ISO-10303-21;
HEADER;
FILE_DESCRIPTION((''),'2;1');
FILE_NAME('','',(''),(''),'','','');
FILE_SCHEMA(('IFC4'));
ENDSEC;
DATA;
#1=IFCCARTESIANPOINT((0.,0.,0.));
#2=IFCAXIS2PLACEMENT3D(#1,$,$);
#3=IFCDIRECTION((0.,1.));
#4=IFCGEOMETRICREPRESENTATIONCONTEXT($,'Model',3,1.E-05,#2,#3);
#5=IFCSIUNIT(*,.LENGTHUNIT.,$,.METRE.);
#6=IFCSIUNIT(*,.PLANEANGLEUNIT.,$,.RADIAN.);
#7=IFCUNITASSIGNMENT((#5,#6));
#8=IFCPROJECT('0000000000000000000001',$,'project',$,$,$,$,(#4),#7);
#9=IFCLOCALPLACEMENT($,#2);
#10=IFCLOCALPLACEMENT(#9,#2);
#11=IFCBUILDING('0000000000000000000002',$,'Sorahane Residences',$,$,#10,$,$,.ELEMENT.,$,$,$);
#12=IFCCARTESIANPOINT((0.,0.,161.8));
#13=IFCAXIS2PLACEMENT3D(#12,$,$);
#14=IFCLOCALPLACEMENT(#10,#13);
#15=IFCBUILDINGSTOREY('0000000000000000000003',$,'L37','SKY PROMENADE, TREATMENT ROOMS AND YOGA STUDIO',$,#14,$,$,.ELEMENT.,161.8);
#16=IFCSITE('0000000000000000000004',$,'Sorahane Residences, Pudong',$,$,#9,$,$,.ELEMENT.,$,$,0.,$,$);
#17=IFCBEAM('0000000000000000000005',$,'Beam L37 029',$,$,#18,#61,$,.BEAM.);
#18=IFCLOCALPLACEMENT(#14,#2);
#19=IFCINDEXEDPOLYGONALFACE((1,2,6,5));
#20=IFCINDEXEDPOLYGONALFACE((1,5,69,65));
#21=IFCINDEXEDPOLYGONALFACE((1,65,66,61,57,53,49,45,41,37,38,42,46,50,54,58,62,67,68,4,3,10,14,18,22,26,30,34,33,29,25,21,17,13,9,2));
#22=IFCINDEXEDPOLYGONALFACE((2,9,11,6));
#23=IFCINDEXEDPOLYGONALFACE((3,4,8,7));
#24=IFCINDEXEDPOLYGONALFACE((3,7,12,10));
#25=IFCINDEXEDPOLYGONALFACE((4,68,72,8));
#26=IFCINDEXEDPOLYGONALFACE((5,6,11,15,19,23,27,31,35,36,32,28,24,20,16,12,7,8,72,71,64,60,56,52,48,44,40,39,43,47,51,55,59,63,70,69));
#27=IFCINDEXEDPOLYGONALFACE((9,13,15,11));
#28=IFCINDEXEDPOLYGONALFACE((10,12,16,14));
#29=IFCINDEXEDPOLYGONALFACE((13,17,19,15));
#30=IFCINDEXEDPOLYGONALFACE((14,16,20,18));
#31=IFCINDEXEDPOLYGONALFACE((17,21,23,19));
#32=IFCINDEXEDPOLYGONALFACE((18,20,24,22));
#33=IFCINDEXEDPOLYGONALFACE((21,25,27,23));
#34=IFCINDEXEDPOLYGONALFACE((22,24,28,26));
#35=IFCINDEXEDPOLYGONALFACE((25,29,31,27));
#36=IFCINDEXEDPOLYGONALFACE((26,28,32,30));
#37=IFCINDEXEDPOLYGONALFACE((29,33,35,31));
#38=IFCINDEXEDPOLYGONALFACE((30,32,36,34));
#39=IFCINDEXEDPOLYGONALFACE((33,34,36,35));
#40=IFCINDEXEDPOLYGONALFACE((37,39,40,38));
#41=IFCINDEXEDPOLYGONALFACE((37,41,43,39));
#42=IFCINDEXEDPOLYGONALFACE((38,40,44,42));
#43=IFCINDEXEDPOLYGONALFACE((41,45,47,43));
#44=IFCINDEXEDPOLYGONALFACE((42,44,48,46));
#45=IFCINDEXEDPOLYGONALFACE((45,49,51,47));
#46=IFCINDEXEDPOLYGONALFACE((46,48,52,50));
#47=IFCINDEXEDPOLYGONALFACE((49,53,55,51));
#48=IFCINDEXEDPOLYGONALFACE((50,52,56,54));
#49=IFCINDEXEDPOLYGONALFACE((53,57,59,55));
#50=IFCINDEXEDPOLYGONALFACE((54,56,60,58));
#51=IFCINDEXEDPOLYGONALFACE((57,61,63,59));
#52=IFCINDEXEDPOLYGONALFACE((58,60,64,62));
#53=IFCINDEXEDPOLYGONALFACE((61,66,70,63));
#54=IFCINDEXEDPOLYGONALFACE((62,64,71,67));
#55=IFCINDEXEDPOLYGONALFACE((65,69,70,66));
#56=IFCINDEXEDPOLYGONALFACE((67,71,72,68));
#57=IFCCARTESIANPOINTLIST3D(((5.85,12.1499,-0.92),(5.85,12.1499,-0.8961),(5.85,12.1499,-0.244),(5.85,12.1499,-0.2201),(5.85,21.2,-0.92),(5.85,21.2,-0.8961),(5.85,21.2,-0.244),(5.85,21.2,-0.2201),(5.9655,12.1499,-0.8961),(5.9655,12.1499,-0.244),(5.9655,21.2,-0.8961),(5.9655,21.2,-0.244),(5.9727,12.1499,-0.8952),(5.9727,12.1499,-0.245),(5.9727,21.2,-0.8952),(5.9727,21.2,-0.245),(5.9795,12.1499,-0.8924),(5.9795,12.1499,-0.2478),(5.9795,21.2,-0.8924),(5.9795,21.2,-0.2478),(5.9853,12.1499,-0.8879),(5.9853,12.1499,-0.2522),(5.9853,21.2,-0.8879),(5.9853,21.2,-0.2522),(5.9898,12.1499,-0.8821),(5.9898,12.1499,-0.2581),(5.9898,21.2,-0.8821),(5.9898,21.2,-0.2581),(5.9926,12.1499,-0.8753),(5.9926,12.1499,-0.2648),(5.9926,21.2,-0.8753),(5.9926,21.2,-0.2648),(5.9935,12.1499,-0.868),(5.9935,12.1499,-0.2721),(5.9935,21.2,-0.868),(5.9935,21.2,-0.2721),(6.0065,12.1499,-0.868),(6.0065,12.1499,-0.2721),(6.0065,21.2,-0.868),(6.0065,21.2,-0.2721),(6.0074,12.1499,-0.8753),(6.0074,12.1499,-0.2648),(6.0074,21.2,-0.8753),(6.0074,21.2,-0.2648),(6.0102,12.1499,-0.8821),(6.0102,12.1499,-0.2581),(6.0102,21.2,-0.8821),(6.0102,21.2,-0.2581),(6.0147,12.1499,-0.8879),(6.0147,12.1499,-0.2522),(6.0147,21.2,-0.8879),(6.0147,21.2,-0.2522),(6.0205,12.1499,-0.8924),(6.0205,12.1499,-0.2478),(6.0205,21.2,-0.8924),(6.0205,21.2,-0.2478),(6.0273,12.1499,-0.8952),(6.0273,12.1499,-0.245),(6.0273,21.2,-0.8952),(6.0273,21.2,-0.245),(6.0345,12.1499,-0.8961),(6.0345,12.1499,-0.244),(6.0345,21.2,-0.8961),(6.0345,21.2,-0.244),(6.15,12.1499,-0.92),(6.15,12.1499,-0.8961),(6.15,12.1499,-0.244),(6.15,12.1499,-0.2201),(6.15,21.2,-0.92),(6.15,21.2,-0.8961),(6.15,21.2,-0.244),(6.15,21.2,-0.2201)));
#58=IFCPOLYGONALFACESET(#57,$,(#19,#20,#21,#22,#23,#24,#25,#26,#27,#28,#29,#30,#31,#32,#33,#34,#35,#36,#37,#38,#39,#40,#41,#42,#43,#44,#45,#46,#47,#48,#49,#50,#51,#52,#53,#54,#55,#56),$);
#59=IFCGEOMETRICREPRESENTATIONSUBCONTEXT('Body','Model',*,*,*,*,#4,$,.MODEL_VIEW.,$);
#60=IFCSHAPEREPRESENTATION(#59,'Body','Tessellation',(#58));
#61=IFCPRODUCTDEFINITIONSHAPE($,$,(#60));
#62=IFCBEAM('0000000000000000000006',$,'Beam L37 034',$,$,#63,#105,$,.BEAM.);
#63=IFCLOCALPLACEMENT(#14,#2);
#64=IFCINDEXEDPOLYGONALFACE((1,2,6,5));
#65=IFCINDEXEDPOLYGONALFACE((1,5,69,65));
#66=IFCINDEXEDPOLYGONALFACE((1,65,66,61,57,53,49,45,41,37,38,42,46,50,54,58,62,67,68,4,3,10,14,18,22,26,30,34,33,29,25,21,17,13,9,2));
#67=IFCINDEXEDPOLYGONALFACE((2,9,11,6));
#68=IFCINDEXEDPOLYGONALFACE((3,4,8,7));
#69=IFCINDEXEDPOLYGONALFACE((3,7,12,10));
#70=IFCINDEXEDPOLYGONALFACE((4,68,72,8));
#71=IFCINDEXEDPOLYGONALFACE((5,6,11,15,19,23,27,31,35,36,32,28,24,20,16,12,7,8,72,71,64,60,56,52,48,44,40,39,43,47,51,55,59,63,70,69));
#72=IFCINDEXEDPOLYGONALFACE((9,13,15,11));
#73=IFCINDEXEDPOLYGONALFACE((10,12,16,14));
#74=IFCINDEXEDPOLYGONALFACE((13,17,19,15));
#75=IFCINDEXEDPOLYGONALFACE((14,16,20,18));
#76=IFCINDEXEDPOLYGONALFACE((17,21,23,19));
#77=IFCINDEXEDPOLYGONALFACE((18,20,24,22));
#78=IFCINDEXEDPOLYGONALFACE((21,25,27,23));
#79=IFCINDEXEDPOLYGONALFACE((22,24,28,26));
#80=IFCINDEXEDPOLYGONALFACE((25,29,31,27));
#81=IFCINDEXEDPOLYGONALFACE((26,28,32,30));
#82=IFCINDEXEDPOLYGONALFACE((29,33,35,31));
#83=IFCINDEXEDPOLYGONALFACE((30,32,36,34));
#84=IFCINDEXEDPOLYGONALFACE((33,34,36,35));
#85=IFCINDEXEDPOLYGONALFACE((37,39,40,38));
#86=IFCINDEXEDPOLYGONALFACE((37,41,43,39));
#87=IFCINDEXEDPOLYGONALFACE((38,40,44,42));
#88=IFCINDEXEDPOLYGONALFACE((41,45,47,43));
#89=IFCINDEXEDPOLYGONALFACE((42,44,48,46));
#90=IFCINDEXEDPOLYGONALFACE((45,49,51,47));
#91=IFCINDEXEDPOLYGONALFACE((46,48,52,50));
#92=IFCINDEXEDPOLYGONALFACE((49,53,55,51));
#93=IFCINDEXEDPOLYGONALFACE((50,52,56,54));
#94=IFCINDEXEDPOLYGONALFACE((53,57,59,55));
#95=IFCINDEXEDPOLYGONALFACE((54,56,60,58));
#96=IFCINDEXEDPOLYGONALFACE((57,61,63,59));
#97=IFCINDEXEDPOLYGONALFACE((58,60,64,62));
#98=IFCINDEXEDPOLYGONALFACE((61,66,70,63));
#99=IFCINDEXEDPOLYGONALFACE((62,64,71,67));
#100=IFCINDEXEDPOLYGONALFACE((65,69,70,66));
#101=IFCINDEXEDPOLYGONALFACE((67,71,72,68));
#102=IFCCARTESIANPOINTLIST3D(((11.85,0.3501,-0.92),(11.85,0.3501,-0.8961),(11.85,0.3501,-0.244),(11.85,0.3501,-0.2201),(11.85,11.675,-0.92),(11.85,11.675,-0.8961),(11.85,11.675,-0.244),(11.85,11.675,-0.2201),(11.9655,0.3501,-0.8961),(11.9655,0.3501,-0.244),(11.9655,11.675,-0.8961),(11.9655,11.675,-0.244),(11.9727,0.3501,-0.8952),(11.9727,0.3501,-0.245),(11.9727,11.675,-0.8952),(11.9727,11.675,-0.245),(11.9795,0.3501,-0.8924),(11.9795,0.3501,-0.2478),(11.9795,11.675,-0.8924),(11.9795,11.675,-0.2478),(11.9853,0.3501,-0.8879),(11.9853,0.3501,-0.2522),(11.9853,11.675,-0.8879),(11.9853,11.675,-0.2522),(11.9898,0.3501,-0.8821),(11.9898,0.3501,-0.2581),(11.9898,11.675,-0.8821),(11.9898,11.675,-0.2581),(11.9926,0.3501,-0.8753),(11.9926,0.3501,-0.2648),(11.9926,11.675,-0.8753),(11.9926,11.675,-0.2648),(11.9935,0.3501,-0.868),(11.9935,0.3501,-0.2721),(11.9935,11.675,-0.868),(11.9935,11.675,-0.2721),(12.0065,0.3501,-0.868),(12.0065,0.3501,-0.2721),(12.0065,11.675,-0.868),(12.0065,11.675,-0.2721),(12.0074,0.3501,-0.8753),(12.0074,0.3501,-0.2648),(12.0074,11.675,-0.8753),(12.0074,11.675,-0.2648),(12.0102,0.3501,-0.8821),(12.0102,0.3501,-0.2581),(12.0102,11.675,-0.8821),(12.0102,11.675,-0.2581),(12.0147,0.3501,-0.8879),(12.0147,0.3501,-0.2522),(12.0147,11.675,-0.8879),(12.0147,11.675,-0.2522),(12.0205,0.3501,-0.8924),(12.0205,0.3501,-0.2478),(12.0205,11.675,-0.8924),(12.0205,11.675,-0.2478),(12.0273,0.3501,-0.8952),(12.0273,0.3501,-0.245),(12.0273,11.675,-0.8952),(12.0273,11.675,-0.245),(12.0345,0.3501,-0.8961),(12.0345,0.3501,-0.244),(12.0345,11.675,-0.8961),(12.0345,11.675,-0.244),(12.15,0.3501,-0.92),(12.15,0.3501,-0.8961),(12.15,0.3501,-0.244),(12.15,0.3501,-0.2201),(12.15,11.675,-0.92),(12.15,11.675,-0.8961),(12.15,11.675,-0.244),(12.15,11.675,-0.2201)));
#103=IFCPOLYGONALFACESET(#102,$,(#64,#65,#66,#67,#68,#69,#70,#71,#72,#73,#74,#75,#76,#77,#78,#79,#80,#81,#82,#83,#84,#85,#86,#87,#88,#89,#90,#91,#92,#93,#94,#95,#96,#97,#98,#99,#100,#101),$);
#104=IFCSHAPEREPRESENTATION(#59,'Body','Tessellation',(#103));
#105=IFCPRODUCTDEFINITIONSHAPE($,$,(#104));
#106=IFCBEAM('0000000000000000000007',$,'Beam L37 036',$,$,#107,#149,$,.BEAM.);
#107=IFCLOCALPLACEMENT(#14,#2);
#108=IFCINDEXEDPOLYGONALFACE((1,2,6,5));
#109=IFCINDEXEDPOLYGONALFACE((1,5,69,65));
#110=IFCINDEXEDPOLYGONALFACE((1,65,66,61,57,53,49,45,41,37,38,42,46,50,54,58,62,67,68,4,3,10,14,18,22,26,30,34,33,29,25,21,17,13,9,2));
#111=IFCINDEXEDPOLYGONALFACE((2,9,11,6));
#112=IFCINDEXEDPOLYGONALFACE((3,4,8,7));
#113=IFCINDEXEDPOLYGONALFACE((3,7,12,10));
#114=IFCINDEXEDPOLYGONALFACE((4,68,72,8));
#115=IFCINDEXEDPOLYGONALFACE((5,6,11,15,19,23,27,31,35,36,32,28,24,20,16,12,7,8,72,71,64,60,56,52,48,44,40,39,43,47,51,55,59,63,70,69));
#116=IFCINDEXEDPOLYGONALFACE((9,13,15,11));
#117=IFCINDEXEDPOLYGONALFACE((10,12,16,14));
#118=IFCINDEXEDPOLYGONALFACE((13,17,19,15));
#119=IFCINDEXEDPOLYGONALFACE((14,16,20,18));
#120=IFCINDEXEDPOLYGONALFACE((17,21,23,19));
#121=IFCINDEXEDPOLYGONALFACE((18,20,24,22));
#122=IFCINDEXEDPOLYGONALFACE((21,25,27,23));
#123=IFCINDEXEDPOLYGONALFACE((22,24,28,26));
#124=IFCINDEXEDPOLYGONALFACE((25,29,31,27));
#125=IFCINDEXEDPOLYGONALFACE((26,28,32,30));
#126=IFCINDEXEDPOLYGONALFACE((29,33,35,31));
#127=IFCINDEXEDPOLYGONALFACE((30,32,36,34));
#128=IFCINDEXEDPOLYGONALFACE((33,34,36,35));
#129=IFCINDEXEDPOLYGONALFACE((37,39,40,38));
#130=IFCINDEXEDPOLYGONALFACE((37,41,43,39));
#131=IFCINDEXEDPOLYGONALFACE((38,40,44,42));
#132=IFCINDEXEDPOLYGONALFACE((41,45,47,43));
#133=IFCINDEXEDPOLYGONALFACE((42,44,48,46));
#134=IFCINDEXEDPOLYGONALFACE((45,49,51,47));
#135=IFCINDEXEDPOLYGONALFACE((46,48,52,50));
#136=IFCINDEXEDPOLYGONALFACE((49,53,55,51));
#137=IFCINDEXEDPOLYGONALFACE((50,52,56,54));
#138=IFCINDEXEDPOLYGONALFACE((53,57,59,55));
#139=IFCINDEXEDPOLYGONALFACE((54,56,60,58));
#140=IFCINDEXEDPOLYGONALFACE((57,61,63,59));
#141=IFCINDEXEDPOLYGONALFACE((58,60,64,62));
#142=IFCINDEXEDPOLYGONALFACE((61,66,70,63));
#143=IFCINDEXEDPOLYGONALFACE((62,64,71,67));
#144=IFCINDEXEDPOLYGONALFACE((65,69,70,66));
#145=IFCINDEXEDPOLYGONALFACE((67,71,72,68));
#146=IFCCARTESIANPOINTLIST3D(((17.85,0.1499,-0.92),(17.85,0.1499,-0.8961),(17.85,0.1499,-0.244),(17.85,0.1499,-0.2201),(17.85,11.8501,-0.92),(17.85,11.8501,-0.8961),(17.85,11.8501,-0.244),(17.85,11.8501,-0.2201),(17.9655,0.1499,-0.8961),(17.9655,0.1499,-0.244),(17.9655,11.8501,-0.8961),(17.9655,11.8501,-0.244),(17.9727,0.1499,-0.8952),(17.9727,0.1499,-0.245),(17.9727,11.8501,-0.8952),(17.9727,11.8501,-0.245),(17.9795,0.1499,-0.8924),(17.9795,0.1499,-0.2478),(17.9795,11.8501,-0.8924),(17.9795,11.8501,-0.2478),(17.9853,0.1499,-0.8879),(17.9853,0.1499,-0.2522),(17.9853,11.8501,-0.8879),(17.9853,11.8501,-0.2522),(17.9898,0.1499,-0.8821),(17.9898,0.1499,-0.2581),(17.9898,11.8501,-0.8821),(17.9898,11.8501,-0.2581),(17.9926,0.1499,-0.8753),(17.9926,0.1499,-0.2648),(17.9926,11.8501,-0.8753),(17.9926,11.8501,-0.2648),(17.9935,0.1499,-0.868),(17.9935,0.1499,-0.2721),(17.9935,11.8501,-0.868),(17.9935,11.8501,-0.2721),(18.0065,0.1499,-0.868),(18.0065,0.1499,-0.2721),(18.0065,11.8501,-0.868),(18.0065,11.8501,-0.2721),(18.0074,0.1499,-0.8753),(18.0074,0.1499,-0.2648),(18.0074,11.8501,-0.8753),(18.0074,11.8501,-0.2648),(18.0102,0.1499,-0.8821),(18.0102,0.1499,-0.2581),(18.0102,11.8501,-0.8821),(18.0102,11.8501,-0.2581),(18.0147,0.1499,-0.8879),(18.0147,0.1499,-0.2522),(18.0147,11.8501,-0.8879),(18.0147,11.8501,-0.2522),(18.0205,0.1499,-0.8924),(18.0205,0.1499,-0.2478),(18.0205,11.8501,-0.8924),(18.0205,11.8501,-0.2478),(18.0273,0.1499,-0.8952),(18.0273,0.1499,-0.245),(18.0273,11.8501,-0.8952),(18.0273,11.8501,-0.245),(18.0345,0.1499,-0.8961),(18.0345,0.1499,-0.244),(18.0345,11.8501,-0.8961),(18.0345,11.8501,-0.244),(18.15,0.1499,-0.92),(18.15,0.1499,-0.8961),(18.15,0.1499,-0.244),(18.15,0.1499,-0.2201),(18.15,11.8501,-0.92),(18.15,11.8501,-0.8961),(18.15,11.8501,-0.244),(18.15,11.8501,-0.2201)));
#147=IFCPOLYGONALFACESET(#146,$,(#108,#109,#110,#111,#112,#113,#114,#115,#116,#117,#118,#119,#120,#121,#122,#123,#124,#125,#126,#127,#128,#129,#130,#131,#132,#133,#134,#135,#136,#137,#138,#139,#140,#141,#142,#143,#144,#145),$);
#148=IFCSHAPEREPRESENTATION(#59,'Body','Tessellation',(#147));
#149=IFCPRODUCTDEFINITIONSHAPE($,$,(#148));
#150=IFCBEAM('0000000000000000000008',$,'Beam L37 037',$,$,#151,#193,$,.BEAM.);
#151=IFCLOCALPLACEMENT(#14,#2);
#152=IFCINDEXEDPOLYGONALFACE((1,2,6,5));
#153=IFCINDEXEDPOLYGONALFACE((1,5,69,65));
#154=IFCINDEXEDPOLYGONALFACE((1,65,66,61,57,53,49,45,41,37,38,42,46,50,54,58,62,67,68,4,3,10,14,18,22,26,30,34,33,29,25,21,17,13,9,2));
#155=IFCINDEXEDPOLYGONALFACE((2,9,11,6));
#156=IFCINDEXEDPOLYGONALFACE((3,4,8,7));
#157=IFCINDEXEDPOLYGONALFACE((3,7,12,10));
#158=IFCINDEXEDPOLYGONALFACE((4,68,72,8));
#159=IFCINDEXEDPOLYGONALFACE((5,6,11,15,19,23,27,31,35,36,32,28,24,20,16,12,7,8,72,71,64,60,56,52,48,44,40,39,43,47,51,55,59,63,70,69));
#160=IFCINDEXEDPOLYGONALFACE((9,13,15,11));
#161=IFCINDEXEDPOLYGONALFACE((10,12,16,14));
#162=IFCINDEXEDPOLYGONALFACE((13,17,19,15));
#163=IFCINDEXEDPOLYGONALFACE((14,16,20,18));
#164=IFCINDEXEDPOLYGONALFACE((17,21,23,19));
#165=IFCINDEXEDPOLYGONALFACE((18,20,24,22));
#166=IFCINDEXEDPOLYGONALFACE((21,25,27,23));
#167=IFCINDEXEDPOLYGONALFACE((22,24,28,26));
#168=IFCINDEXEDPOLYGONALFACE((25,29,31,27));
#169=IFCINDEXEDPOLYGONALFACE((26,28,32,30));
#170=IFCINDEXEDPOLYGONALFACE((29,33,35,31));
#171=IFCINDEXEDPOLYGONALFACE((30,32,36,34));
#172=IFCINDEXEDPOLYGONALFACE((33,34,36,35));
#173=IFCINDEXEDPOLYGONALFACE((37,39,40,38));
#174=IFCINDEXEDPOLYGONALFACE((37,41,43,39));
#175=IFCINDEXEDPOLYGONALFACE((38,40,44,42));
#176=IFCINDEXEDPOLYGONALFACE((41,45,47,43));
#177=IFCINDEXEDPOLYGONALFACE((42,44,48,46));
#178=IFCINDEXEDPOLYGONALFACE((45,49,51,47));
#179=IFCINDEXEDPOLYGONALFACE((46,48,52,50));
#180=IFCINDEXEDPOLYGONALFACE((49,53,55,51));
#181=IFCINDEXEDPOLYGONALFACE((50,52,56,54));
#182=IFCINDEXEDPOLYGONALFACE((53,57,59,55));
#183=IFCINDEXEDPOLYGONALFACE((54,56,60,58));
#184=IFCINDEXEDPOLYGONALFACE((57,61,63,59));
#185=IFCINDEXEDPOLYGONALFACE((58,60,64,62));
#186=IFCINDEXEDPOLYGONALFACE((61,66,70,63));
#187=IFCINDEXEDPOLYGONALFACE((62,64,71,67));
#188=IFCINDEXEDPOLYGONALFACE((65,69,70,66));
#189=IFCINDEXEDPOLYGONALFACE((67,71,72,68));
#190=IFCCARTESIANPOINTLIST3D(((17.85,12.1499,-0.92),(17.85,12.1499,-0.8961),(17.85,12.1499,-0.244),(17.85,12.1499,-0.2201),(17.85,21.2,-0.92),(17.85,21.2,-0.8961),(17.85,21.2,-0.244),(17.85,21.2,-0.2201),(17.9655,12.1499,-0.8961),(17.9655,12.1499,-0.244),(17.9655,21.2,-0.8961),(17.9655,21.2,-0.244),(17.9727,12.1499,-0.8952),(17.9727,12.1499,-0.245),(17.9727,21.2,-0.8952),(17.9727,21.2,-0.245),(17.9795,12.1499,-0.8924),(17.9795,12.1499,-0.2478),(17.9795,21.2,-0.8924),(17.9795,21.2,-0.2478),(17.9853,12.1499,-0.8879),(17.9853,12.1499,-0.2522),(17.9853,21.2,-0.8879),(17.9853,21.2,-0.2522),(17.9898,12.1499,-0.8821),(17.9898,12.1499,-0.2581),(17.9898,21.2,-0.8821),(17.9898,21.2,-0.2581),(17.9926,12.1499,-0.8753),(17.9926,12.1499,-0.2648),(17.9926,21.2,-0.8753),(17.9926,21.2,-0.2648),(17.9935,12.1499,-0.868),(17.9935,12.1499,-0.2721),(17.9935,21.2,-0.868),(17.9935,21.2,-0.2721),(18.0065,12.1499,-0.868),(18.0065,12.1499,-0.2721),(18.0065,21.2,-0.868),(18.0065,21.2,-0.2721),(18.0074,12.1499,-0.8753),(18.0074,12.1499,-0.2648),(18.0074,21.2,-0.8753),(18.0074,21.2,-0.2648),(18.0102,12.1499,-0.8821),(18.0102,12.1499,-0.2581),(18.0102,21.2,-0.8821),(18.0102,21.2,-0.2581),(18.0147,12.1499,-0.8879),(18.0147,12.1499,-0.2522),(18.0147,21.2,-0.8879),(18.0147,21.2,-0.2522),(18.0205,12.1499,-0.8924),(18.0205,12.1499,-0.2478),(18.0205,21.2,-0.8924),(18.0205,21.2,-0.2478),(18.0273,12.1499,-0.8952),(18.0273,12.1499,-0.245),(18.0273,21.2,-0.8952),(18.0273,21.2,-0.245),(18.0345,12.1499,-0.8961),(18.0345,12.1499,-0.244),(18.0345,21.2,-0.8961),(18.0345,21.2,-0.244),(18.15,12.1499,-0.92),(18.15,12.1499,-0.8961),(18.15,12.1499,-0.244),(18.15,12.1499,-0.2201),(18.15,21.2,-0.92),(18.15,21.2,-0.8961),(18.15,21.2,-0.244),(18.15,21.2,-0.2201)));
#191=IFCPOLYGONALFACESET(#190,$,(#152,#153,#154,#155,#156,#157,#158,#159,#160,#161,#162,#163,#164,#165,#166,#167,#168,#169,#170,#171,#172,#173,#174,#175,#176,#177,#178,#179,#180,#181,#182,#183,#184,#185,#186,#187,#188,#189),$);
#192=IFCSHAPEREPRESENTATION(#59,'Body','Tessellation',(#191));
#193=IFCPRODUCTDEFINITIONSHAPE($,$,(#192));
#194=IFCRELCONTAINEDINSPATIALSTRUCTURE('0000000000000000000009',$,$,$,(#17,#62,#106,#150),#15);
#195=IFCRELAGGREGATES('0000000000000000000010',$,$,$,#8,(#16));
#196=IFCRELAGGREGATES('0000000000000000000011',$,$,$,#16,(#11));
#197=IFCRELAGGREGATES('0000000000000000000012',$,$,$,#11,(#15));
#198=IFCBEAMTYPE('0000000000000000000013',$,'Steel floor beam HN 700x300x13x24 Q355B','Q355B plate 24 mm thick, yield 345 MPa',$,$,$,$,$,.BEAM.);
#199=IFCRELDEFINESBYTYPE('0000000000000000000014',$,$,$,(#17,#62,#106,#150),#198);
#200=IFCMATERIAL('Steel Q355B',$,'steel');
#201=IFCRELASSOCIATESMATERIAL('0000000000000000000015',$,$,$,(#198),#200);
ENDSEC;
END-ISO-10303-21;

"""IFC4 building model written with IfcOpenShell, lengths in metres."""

from ifc_helpers import new_model, si_unit, direction, frame, origin, origin_2d, place, context, subcontext, project, spatial, i_section, extrude, material, material_profile, profile_set, type_object, element, save


model = new_model("IFC4")

# Units and contexts
model_context = context("Model", 3, precision=1e-05, world=origin(), true_north=direction((0.0, 1.0)))
body_context = subcontext(model_context, "Body", "Model", "MODEL_VIEW")
ifc_project = project(units=[si_unit("LENGTHUNIT", "METRE"), si_unit("PLANEANGLEUNIT", "RADIAN")], contexts=[model_context])

# Site, building, storey
site_placement = place(None, origin())
site = spatial("IfcSite", under=ifc_project, at=site_placement, Name="Sorahane Residences, Pudong", CompositionType="ELEMENT", RefElevation=0.0)
building_placement = place(site_placement, origin())
building = spatial("IfcBuilding", under=site, at=building_placement, Name="Sorahane Residences", CompositionType="ELEMENT")
storey_placement = place(building_placement, frame((0.0, 0.0, 161.8)))
storey = spatial("IfcBuildingStorey", under=building, at=storey_placement, Name="L37", Description="SKY PROMENADE, TREATMENT ROOMS AND YOGA STUDIO", CompositionType="ELEMENT", Elevation=161.8)

# Beams
ifc_material_1 = material(Name="Steel Q355B", Category="steel")
ifc_material_profile_1 = material_profile(ifc_material_1, i_section(OverallWidth=0.3, OverallDepth=0.7, WebThickness=0.0129, FlangeThickness=0.0239, FilletRadius=0.0281, at=origin_2d()), Name="HN 700x300x13x24")
ifc_profile_set_1 = profile_set([ifc_material_profile_1], Name="Steel Q355B")
beam_type_1 = type_object("IfcBeamType", Name="Steel floor beam HN 700x300x13x24 Q355B", Description="Q355B plate 24 mm thick, yield 345 MPa", PredefinedType="BEAM", material=ifc_profile_set_1)
beam_1_placement = place(storey_placement, frame((6.0, 12.1499, -0.5701), z_axis=(0.0, 1.0, 0.0), x_axis=(-1.0, 0.0, 0.0)))
element("IfcBeam", 1, at=beam_1_placement, inside=storey, type_object=beam_type_1, Name="Beam L37 029", PredefinedType="BEAM", context=body_context, shape_type="SweptSolid", body=[
    extrude(i_section(OverallWidth=0.3, OverallDepth=0.7, WebThickness=0.0129, FlangeThickness=0.0239, FilletRadius=0.0281, at=origin_2d()), origin(), (0.0, 0.0, 1.0), 9.05),
])
beam_2_placement = place(storey_placement, frame((12.0, 0.3501, -0.5701), z_axis=(0.0, 1.0, 0.0), x_axis=(-1.0, 0.0, 0.0)))
element("IfcBeam", 2, at=beam_2_placement, inside=storey, type_object=beam_type_1, Name="Beam L37 034", PredefinedType="BEAM", context=body_context, shape_type="SweptSolid", body=[
    extrude(i_section(OverallWidth=0.3, OverallDepth=0.7, WebThickness=0.0129, FlangeThickness=0.0239, FilletRadius=0.0281, at=origin_2d()), origin(), (0.0, 0.0, 1.0), 11.325),
])
beam_3_placement = place(storey_placement, frame((18.0, 0.1499, -0.5701), z_axis=(0.0, 1.0, 0.0), x_axis=(-1.0, 0.0, 0.0)))
element("IfcBeam", 3, at=beam_3_placement, inside=storey, type_object=beam_type_1, Name="Beam L37 036", PredefinedType="BEAM", context=body_context, shape_type="SweptSolid", body=[
    extrude(i_section(OverallWidth=0.3, OverallDepth=0.7, WebThickness=0.0129, FlangeThickness=0.0239, FilletRadius=0.0281, at=origin_2d()), origin(), (0.0, 0.0, 1.0), 11.7002),
])
beam_4_placement = place(storey_placement, frame((18.0, 12.1499, -0.5701), z_axis=(0.0, 1.0, 0.0), x_axis=(-1.0, 0.0, 0.0)))
element("IfcBeam", 4, at=beam_4_placement, inside=storey, type_object=beam_type_1, Name="Beam L37 037", PredefinedType="BEAM", context=body_context, shape_type="SweptSolid", body=[
    extrude(i_section(OverallWidth=0.3, OverallDepth=0.7, WebThickness=0.0129, FlangeThickness=0.0239, FilletRadius=0.0281, at=origin_2d()), origin(), (0.0, 0.0, 1.0), 9.05),
])

save(model, "model.ifc")
